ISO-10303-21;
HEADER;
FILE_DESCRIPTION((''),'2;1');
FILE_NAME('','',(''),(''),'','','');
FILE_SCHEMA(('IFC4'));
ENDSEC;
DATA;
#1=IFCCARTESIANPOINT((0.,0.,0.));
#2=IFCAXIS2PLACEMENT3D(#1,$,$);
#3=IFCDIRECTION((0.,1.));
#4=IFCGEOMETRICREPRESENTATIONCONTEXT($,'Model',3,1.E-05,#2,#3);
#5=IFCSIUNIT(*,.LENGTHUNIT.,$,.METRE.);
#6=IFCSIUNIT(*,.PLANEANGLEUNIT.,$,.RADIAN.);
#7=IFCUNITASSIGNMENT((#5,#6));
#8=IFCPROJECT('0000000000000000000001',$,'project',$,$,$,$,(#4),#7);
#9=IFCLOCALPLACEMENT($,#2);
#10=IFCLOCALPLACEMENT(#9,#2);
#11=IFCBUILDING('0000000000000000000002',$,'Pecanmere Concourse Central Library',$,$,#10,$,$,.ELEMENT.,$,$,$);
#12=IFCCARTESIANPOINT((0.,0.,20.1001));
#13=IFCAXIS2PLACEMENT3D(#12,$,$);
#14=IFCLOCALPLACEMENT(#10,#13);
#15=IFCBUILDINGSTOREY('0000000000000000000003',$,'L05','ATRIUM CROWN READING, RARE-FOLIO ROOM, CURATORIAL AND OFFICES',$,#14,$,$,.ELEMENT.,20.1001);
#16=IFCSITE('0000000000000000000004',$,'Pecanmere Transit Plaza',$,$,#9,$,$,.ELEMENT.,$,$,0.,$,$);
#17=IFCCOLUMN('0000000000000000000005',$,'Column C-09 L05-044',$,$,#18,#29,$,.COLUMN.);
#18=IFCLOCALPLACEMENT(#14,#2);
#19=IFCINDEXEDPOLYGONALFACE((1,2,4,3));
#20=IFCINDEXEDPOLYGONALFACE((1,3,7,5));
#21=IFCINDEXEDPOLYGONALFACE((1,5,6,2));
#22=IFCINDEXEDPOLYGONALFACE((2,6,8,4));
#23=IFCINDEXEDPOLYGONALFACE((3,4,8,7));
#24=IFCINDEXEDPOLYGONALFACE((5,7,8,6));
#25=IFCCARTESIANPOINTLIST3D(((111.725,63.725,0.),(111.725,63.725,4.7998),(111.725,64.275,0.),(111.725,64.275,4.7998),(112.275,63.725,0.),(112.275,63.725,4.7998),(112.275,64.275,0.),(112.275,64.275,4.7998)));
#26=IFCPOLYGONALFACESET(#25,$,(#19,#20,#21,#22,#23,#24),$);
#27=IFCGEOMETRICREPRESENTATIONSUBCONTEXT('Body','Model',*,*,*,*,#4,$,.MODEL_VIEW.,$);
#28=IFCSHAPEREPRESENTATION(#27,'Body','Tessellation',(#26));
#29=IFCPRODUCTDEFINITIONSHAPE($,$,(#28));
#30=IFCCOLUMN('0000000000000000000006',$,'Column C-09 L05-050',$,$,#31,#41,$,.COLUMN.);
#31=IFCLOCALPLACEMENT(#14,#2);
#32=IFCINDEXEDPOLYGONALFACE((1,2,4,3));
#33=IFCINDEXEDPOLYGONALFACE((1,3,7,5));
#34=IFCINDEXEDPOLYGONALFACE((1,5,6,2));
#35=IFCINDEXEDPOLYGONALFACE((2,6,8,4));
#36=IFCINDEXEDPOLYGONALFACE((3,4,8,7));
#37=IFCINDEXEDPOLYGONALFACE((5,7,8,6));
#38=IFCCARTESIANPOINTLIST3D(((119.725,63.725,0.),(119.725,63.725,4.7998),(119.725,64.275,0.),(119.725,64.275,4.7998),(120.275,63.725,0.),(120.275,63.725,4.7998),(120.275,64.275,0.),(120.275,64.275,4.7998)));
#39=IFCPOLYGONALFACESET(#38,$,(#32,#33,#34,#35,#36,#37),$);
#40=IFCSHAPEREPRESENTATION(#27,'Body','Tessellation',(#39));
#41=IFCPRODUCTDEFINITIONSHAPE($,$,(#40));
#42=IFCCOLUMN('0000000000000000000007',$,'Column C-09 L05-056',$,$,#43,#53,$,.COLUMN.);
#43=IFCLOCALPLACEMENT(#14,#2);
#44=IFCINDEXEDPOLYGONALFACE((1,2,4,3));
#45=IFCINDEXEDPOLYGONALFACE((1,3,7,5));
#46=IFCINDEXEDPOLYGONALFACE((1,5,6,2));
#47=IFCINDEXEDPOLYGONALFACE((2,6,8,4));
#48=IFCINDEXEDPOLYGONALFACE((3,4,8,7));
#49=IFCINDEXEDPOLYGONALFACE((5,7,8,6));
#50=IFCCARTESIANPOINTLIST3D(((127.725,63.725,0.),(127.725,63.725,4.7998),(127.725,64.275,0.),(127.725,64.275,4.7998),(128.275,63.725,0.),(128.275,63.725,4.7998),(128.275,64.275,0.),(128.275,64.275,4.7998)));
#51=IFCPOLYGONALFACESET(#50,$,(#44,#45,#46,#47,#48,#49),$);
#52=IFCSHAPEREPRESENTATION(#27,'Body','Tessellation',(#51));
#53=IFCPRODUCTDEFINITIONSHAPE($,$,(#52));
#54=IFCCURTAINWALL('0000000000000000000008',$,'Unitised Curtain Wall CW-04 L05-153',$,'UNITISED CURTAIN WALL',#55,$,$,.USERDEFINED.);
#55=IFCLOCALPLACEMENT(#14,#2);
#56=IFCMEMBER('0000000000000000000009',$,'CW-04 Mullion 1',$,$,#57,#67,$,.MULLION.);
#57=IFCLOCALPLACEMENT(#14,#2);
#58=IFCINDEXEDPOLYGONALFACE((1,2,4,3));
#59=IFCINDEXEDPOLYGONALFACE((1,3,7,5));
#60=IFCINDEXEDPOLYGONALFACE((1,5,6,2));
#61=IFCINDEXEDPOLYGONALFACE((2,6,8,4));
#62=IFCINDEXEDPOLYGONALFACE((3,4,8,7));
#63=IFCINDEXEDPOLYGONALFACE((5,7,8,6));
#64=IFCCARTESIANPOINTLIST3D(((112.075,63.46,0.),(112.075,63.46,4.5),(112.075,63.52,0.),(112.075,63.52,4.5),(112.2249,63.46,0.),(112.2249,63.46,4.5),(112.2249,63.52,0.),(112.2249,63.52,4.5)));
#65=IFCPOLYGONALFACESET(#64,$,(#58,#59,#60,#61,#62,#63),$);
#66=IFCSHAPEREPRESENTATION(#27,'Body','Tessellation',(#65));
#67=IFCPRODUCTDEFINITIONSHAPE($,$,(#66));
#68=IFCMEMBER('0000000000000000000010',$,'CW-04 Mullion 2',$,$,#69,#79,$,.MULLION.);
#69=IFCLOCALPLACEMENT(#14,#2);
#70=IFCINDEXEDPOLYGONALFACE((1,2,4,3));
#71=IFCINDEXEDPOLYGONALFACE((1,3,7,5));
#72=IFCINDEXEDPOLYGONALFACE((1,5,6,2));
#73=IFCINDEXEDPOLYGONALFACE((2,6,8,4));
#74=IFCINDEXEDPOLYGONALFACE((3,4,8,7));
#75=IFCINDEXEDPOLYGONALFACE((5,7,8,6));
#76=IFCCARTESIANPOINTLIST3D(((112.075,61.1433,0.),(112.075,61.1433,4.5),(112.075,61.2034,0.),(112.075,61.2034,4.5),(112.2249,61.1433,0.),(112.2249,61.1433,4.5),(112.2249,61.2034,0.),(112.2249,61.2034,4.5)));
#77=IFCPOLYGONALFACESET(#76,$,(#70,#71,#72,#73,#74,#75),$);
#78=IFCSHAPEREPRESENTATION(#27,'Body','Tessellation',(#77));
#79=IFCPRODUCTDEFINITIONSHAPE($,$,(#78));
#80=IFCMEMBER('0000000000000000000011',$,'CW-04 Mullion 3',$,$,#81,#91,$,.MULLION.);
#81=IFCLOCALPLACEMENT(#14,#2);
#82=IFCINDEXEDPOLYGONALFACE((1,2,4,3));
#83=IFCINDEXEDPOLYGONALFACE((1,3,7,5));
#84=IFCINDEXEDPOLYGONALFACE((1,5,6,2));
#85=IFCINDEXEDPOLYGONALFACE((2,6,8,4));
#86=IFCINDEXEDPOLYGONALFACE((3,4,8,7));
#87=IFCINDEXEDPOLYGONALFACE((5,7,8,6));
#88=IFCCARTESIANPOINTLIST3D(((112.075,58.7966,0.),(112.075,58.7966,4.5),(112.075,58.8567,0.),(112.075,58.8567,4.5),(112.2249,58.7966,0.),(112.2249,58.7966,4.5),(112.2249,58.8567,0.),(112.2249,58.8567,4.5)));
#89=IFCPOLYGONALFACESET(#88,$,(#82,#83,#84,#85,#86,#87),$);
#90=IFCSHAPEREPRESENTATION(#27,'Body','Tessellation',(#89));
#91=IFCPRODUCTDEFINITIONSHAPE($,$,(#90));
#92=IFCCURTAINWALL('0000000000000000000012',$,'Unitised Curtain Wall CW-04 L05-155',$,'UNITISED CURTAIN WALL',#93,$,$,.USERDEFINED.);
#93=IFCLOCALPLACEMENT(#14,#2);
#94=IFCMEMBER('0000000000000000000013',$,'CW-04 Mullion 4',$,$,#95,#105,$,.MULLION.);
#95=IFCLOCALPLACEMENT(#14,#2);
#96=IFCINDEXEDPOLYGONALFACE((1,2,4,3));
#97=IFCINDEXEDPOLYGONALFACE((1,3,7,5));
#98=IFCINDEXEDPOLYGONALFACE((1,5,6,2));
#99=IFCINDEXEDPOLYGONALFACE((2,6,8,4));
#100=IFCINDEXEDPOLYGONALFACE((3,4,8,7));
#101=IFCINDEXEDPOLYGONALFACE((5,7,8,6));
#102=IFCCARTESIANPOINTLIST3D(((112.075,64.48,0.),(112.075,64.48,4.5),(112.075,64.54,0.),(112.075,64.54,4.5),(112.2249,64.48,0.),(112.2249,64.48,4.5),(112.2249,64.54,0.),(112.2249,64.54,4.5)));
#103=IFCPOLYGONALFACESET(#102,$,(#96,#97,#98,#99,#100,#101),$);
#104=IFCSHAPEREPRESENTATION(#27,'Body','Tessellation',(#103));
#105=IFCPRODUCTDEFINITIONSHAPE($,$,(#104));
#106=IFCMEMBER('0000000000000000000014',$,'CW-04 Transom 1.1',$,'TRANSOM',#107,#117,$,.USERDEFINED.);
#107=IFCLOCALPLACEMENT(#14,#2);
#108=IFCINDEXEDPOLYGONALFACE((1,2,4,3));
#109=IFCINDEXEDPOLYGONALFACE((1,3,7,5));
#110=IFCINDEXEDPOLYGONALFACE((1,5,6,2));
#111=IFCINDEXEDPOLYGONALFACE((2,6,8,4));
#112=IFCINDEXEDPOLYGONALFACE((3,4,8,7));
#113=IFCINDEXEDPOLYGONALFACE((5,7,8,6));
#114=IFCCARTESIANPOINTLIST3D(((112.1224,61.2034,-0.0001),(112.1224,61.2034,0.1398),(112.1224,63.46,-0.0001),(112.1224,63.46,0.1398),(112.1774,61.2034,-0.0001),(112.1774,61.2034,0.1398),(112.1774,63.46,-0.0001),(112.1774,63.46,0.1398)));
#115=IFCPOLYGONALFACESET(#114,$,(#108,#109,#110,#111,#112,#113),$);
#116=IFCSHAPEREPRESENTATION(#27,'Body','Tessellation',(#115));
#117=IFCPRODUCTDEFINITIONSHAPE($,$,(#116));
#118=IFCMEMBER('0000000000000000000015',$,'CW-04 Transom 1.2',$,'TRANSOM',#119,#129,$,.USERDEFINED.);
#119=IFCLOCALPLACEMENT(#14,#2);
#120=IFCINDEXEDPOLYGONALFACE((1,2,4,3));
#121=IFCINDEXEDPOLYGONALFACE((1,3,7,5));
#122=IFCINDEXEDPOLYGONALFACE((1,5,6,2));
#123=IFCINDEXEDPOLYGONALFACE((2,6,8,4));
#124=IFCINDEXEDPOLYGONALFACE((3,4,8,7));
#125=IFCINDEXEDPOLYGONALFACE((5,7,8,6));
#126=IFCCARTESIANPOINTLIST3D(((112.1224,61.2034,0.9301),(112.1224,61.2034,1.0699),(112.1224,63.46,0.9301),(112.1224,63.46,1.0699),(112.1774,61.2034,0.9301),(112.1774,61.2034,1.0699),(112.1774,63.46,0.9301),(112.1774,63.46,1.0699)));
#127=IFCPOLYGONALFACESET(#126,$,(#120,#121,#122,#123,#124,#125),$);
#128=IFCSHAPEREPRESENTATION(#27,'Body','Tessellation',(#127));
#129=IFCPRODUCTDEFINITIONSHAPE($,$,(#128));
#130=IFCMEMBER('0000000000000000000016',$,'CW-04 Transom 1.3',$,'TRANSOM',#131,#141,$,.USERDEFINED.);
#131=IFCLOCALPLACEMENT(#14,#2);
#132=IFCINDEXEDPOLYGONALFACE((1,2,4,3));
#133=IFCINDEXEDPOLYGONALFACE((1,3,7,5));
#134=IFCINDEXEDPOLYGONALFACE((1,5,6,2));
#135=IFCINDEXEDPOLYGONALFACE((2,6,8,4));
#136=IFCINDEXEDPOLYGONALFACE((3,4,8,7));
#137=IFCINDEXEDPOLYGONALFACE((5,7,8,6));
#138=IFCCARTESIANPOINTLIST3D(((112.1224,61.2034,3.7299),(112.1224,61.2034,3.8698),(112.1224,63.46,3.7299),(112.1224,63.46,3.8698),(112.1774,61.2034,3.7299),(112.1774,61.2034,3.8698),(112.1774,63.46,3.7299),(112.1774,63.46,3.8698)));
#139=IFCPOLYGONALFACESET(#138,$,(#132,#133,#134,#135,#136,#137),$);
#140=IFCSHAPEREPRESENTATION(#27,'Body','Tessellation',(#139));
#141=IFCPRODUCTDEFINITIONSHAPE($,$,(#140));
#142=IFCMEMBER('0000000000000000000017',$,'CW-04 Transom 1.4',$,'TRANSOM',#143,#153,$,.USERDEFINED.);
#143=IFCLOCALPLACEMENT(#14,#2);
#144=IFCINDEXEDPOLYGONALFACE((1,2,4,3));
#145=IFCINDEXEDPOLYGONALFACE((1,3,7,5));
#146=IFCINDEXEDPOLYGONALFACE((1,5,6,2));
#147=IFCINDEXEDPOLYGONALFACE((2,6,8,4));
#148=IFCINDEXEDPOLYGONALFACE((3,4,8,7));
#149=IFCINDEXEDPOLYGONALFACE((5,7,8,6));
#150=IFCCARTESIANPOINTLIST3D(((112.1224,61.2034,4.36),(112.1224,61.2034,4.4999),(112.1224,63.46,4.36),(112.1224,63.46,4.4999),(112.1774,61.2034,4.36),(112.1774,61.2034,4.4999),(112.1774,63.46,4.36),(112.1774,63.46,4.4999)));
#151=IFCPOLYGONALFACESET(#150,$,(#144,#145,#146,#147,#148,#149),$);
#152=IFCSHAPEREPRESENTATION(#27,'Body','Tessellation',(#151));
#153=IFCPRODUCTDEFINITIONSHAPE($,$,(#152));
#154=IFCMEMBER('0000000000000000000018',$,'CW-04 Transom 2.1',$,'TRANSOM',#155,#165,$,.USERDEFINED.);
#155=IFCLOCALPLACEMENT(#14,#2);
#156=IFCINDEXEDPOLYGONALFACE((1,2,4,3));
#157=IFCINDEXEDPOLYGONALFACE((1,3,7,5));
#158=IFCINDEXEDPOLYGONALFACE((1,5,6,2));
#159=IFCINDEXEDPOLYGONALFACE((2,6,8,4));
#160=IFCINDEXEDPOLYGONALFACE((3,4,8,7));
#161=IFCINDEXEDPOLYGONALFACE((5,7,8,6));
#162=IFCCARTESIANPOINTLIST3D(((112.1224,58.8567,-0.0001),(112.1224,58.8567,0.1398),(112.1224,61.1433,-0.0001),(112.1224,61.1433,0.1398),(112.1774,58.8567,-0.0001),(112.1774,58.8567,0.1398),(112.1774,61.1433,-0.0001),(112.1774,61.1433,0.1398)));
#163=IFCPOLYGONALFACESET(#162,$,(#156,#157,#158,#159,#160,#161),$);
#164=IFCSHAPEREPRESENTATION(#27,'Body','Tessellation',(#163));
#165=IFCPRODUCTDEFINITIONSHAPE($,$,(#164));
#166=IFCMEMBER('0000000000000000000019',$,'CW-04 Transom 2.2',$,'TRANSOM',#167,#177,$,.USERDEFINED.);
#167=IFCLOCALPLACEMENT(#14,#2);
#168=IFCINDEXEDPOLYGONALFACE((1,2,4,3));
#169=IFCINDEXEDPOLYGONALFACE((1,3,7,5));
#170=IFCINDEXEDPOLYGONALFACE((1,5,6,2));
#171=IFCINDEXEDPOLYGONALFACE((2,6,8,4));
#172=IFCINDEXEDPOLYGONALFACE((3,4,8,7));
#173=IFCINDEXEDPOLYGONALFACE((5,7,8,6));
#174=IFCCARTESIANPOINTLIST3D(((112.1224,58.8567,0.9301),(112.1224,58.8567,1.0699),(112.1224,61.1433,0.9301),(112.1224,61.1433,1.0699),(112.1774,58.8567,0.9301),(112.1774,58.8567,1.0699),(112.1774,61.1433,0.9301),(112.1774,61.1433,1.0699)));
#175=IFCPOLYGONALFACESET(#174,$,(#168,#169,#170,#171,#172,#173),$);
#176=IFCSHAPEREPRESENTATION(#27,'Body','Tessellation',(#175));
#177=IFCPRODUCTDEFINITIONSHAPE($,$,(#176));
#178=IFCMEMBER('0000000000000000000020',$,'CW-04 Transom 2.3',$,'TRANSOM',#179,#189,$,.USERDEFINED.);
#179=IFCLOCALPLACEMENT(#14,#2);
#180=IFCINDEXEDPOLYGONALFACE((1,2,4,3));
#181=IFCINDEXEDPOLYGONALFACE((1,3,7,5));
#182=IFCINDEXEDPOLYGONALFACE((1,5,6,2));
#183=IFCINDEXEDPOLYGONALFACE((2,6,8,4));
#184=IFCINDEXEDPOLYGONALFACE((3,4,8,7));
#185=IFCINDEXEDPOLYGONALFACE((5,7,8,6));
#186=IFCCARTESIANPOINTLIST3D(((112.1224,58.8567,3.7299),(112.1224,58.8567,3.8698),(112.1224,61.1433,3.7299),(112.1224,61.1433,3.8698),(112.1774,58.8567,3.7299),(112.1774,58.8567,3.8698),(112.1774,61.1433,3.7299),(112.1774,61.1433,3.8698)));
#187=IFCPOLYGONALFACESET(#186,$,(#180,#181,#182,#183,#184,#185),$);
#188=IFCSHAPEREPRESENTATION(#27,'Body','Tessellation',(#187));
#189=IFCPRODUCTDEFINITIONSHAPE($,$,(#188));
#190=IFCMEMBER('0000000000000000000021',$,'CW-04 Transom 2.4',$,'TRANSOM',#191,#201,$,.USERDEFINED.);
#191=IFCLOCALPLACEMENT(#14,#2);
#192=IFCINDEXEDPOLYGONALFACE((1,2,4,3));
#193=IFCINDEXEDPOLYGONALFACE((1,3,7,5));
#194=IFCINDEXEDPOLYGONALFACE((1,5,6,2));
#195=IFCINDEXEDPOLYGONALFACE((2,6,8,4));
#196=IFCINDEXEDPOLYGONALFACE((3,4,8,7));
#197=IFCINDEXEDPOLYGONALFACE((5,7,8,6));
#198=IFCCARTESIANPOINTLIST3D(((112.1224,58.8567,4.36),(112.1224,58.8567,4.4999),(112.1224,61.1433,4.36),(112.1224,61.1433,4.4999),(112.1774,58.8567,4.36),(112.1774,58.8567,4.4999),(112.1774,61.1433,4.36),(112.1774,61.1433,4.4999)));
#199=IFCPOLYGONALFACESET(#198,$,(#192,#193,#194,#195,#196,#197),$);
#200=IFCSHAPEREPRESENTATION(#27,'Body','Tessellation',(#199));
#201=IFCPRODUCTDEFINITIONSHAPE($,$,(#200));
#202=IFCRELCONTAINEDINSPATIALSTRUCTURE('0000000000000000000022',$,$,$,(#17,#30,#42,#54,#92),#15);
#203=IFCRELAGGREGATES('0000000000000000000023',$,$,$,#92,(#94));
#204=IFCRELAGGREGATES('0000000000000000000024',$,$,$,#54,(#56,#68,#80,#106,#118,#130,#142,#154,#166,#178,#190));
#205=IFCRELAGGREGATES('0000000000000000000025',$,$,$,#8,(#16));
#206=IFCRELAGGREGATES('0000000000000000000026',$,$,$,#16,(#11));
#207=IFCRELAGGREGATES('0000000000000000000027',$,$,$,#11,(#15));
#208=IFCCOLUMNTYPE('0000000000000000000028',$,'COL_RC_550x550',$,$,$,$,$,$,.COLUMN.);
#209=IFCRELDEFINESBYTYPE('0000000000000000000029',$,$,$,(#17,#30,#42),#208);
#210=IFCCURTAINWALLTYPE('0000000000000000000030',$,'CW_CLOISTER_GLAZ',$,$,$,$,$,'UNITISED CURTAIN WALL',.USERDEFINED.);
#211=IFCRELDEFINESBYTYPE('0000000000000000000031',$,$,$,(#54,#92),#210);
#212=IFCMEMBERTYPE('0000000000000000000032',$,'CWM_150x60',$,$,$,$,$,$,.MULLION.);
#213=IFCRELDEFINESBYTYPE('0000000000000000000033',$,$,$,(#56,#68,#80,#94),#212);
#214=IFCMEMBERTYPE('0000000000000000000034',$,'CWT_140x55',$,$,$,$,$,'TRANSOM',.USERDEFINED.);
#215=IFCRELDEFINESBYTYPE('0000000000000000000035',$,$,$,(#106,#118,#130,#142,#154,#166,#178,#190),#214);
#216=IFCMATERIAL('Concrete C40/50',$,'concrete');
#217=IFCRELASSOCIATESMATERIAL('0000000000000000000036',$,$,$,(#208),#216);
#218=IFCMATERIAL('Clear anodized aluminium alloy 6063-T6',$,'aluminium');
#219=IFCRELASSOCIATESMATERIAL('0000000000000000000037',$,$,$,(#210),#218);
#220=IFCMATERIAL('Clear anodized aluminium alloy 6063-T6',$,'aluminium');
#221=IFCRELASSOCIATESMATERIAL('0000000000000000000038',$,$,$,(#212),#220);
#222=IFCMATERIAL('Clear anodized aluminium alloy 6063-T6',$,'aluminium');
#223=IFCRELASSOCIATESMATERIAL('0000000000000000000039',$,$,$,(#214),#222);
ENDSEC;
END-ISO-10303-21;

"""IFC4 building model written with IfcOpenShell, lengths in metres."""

from ifc_helpers import new_model, si_unit, direction, frame, origin, origin_2d, place, context, subcontext, project, spatial, rectangle, extrude, material, material_profile, profile_set, type_object, element, aggregate, save


model = new_model("IFC4")

# Units and contexts
model_context = context("Model", 3, precision=1e-05, world=origin(), true_north=direction((0.0, 1.0)))
body_context = subcontext(model_context, "Body", "Model", "MODEL_VIEW")
ifc_project = project(units=[si_unit("LENGTHUNIT", "METRE"), si_unit("PLANEANGLEUNIT", "RADIAN")], contexts=[model_context])

# Site, building, storey
site_placement = place(None, origin())
site = spatial("IfcSite", under=ifc_project, at=site_placement, Name="Pecanmere Transit Plaza", CompositionType="ELEMENT", RefElevation=0.0)
building_placement = place(site_placement, origin())
building = spatial("IfcBuilding", under=site, at=building_placement, Name="Pecanmere Concourse Central Library", CompositionType="ELEMENT")
storey_placement = place(building_placement, frame((0.0, 0.0, 20.1001)))
storey = spatial("IfcBuildingStorey", under=building, at=storey_placement, Name="L05", Description="ATRIUM CROWN READING, RARE-FOLIO ROOM, CURATORIAL AND OFFICES", CompositionType="ELEMENT", Elevation=20.1001)

# Columns
ifc_material_1 = material(Name="Concrete C40/50", Category="concrete")
ifc_material_profile_1 = material_profile(ifc_material_1, rectangle(XDim=0.55, YDim=0.55, at=origin_2d()), Name="RC 550x550")
ifc_profile_set_1 = profile_set([ifc_material_profile_1], Name="Concrete C40/50")
column_type = type_object("IfcColumnType", Name="COL_RC_550x550", PredefinedType="COLUMN", material=ifc_profile_set_1)
for number, where, z_axis, x_axis, name in (
    (1, (112.0, 64.0, 0.0), (0.0, 0.0, 1.0), (1.0, 0.0, 0.0), "Column C-09 L05-044"),
    (2, (120.0, 64.0, 0.0), (0.0, 0.0, 1.0), (1.0, 0.0, 0.0), "Column C-09 L05-050"),
    (3, (128.0, 64.0, 0.0), (0.0, 0.0, 1.0), (1.0, 0.0, 0.0), "Column C-09 L05-056"),
):
    element("IfcColumn", number, at=place(storey_placement, frame(where, z_axis=z_axis, x_axis=x_axis)), inside=storey, type_object=column_type, Name=name, PredefinedType="COLUMN", context=body_context, shape_type="SweptSolid", body=[
        extrude(rectangle(XDim=0.55, YDim=0.55, at=origin_2d()), origin(), (0.0, 0.0, 1.0), 4.7998),
    ])

# Curtain wall, members
ifc_material_2 = material(Name="Clear anodized aluminium alloy 6063-T6", Category="aluminium")
curtain_wall_type = type_object("IfcCurtainWallType", Name="CW_CLOISTER_GLAZ", ElementType="UNITISED CURTAIN WALL", PredefinedType="USERDEFINED", material=ifc_material_2)
curtain_wall_1_placement = place(storey_placement, origin())
curtain_wall_1 = element("IfcCurtainWall", 4, at=curtain_wall_1_placement, inside=storey, type_object=curtain_wall_type, Name="Unitised Curtain Wall CW-04 L05-153", ObjectType="UNITISED CURTAIN WALL", PredefinedType="USERDEFINED")
ifc_material_3 = material(Name="Clear anodized aluminium alloy 6063-T6", Category="aluminium")
ifc_material_profile_2 = material_profile(ifc_material_3, rectangle(XDim=0.0601, YDim=0.1499, at=origin_2d()), Name="AL 60x150")
ifc_profile_set_2 = profile_set([ifc_material_profile_2], Name="Clear anodized aluminium alloy 6063-T6")
member_type_1 = type_object("IfcMemberType", Name="CWM_150x60", PredefinedType="MULLION", material=ifc_profile_set_2)
member_1_placement = place(storey_placement, frame((112.1499, 63.49, 0.0), z_axis=(0.0, 0.0, 1.0), x_axis=(0.0, -1.0, 0.0)))
member_1 = element("IfcMember", 5, at=member_1_placement, type_object=member_type_1, Name="CW-04 Mullion 1", PredefinedType="MULLION", context=body_context, shape_type="SweptSolid", body=[
    extrude(rectangle(XDim=0.0601, YDim=0.1499, at=origin_2d()), origin(), (0.0, 0.0, 1.0), 4.5),
])
member_2_placement = place(storey_placement, frame((112.1499, 61.1733, 0.0), z_axis=(0.0, 0.0, 1.0), x_axis=(0.0, -1.0, 0.0)))
member_2 = element("IfcMember", 6, at=member_2_placement, type_object=member_type_1, Name="CW-04 Mullion 2", PredefinedType="MULLION", context=body_context, shape_type="SweptSolid", body=[
    extrude(rectangle(XDim=0.0601, YDim=0.1499, at=origin_2d()), origin(), (0.0, 0.0, 1.0), 4.5),
])
member_3_placement = place(storey_placement, frame((112.1499, 58.8267, 0.0), z_axis=(0.0, 0.0, 1.0), x_axis=(0.0, -1.0, 0.0)))
member_3 = element("IfcMember", 7, at=member_3_placement, type_object=member_type_1, Name="CW-04 Mullion 3", PredefinedType="MULLION", context=body_context, shape_type="SweptSolid", body=[
    extrude(rectangle(XDim=0.0601, YDim=0.1499, at=origin_2d()), origin(), (0.0, 0.0, 1.0), 4.5),
])

# Curtain wall, member
curtain_wall_2_placement = place(storey_placement, origin())
curtain_wall_2 = element("IfcCurtainWall", 8, at=curtain_wall_2_placement, inside=storey, type_object=curtain_wall_type, Name="Unitised Curtain Wall CW-04 L05-155", ObjectType="UNITISED CURTAIN WALL", PredefinedType="USERDEFINED")
member_4_placement = place(storey_placement, frame((112.1499, 64.51, 0.0), z_axis=(0.0, 0.0, 1.0), x_axis=(0.0, -1.0, 0.0)))
member_4 = element("IfcMember", 9, at=member_4_placement, type_object=member_type_1, Name="CW-04 Mullion 4", PredefinedType="MULLION", context=body_context, shape_type="SweptSolid", body=[
    extrude(rectangle(XDim=0.0601, YDim=0.1499, at=origin_2d()), origin(), (0.0, 0.0, 1.0), 4.5),
])
aggregate(curtain_wall_2, [member_4])

# Members
ifc_material_4 = material(Name="Clear anodized aluminium alloy 6063-T6", Category="aluminium")
ifc_material_profile_3 = material_profile(ifc_material_4, rectangle(XDim=0.0549, YDim=0.1399, at=origin_2d()), Name="AL 55x140")
ifc_profile_set_3 = profile_set([ifc_material_profile_3], Name="Clear anodized aluminium alloy 6063-T6")
member_type_2 = type_object("IfcMemberType", Name="CWT_140x55", ElementType="TRANSOM", PredefinedType="USERDEFINED", material=ifc_profile_set_3)
member_5_placement = place(storey_placement, frame((112.1499, 63.46, 0.0698), z_axis=(0.0, -1.0, 0.0), x_axis=(1.0, 0.0, 0.0)))
member_5 = element("IfcMember", 10, at=member_5_placement, type_object=member_type_2, Name="CW-04 Transom 1.1", ObjectType="TRANSOM", PredefinedType="USERDEFINED", context=body_context, shape_type="SweptSolid", body=[
    extrude(rectangle(XDim=0.0549, YDim=0.1399, at=origin_2d()), origin(), (0.0, 0.0, 1.0), 2.2566),
])
member_6_placement = place(storey_placement, frame((112.1499, 63.46, 1.0), z_axis=(0.0, -1.0, 0.0), x_axis=(1.0, 0.0, 0.0)))
member_6 = element("IfcMember", 11, at=member_6_placement, type_object=member_type_2, Name="CW-04 Transom 1.2", ObjectType="TRANSOM", PredefinedType="USERDEFINED", context=body_context, shape_type="SweptSolid", body=[
    extrude(rectangle(XDim=0.0549, YDim=0.1399, at=origin_2d()), origin(), (0.0, 0.0, 1.0), 2.2566),
])
member_7_placement = place(storey_placement, frame((112.1499, 63.46, 3.7998), z_axis=(0.0, -1.0, 0.0), x_axis=(1.0, 0.0, 0.0)))
member_7 = element("IfcMember", 12, at=member_7_placement, type_object=member_type_2, Name="CW-04 Transom 1.3", ObjectType="TRANSOM", PredefinedType="USERDEFINED", context=body_context, shape_type="SweptSolid", body=[
    extrude(rectangle(XDim=0.0549, YDim=0.1399, at=origin_2d()), origin(), (0.0, 0.0, 1.0), 2.2566),
])
member_8_placement = place(storey_placement, frame((112.1499, 63.46, 4.4299), z_axis=(0.0, -1.0, 0.0), x_axis=(1.0, 0.0, 0.0)))
member_8 = element("IfcMember", 13, at=member_8_placement, type_object=member_type_2, Name="CW-04 Transom 1.4", ObjectType="TRANSOM", PredefinedType="USERDEFINED", context=body_context, shape_type="SweptSolid", body=[
    extrude(rectangle(XDim=0.0549, YDim=0.1399, at=origin_2d()), origin(), (0.0, 0.0, 1.0), 2.2566),
])
member_9_placement = place(storey_placement, frame((112.1499, 61.1433, 0.0698), z_axis=(0.0, -1.0, 0.0), x_axis=(1.0, 0.0, 0.0)))
member_9 = element("IfcMember", 14, at=member_9_placement, type_object=member_type_2, Name="CW-04 Transom 2.1", ObjectType="TRANSOM", PredefinedType="USERDEFINED", context=body_context, shape_type="SweptSolid", body=[
    extrude(rectangle(XDim=0.0549, YDim=0.1399, at=origin_2d()), origin(), (0.0, 0.0, 1.0), 2.2866),
])
member_10_placement = place(storey_placement, frame((112.1499, 61.1433, 1.0), z_axis=(0.0, -1.0, 0.0), x_axis=(1.0, 0.0, 0.0)))
member_10 = element("IfcMember", 15, at=member_10_placement, type_object=member_type_2, Name="CW-04 Transom 2.2", ObjectType="TRANSOM", PredefinedType="USERDEFINED", context=body_context, shape_type="SweptSolid", body=[
    extrude(rectangle(XDim=0.0549, YDim=0.1399, at=origin_2d()), origin(), (0.0, 0.0, 1.0), 2.2866),
])
member_11_placement = place(storey_placement, frame((112.1499, 61.1433, 3.7998), z_axis=(0.0, -1.0, 0.0), x_axis=(1.0, 0.0, 0.0)))
member_11 = element("IfcMember", 16, at=member_11_placement, type_object=member_type_2, Name="CW-04 Transom 2.3", ObjectType="TRANSOM", PredefinedType="USERDEFINED", context=body_context, shape_type="SweptSolid", body=[
    extrude(rectangle(XDim=0.0549, YDim=0.1399, at=origin_2d()), origin(), (0.0, 0.0, 1.0), 2.2866),
])
member_12_placement = place(storey_placement, frame((112.1499, 61.1433, 4.4299), z_axis=(0.0, -1.0, 0.0), x_axis=(1.0, 0.0, 0.0)))
member_12 = element("IfcMember", 17, at=member_12_placement, type_object=member_type_2, Name="CW-04 Transom 2.4", ObjectType="TRANSOM", PredefinedType="USERDEFINED", context=body_context, shape_type="SweptSolid", body=[
    extrude(rectangle(XDim=0.0549, YDim=0.1399, at=origin_2d()), origin(), (0.0, 0.0, 1.0), 2.2866),
])

aggregate(curtain_wall_1, [member_1, member_2, member_3, member_5, member_6, member_7, member_8, member_9, member_10, member_11, member_12])

save(model, "model.ifc")
